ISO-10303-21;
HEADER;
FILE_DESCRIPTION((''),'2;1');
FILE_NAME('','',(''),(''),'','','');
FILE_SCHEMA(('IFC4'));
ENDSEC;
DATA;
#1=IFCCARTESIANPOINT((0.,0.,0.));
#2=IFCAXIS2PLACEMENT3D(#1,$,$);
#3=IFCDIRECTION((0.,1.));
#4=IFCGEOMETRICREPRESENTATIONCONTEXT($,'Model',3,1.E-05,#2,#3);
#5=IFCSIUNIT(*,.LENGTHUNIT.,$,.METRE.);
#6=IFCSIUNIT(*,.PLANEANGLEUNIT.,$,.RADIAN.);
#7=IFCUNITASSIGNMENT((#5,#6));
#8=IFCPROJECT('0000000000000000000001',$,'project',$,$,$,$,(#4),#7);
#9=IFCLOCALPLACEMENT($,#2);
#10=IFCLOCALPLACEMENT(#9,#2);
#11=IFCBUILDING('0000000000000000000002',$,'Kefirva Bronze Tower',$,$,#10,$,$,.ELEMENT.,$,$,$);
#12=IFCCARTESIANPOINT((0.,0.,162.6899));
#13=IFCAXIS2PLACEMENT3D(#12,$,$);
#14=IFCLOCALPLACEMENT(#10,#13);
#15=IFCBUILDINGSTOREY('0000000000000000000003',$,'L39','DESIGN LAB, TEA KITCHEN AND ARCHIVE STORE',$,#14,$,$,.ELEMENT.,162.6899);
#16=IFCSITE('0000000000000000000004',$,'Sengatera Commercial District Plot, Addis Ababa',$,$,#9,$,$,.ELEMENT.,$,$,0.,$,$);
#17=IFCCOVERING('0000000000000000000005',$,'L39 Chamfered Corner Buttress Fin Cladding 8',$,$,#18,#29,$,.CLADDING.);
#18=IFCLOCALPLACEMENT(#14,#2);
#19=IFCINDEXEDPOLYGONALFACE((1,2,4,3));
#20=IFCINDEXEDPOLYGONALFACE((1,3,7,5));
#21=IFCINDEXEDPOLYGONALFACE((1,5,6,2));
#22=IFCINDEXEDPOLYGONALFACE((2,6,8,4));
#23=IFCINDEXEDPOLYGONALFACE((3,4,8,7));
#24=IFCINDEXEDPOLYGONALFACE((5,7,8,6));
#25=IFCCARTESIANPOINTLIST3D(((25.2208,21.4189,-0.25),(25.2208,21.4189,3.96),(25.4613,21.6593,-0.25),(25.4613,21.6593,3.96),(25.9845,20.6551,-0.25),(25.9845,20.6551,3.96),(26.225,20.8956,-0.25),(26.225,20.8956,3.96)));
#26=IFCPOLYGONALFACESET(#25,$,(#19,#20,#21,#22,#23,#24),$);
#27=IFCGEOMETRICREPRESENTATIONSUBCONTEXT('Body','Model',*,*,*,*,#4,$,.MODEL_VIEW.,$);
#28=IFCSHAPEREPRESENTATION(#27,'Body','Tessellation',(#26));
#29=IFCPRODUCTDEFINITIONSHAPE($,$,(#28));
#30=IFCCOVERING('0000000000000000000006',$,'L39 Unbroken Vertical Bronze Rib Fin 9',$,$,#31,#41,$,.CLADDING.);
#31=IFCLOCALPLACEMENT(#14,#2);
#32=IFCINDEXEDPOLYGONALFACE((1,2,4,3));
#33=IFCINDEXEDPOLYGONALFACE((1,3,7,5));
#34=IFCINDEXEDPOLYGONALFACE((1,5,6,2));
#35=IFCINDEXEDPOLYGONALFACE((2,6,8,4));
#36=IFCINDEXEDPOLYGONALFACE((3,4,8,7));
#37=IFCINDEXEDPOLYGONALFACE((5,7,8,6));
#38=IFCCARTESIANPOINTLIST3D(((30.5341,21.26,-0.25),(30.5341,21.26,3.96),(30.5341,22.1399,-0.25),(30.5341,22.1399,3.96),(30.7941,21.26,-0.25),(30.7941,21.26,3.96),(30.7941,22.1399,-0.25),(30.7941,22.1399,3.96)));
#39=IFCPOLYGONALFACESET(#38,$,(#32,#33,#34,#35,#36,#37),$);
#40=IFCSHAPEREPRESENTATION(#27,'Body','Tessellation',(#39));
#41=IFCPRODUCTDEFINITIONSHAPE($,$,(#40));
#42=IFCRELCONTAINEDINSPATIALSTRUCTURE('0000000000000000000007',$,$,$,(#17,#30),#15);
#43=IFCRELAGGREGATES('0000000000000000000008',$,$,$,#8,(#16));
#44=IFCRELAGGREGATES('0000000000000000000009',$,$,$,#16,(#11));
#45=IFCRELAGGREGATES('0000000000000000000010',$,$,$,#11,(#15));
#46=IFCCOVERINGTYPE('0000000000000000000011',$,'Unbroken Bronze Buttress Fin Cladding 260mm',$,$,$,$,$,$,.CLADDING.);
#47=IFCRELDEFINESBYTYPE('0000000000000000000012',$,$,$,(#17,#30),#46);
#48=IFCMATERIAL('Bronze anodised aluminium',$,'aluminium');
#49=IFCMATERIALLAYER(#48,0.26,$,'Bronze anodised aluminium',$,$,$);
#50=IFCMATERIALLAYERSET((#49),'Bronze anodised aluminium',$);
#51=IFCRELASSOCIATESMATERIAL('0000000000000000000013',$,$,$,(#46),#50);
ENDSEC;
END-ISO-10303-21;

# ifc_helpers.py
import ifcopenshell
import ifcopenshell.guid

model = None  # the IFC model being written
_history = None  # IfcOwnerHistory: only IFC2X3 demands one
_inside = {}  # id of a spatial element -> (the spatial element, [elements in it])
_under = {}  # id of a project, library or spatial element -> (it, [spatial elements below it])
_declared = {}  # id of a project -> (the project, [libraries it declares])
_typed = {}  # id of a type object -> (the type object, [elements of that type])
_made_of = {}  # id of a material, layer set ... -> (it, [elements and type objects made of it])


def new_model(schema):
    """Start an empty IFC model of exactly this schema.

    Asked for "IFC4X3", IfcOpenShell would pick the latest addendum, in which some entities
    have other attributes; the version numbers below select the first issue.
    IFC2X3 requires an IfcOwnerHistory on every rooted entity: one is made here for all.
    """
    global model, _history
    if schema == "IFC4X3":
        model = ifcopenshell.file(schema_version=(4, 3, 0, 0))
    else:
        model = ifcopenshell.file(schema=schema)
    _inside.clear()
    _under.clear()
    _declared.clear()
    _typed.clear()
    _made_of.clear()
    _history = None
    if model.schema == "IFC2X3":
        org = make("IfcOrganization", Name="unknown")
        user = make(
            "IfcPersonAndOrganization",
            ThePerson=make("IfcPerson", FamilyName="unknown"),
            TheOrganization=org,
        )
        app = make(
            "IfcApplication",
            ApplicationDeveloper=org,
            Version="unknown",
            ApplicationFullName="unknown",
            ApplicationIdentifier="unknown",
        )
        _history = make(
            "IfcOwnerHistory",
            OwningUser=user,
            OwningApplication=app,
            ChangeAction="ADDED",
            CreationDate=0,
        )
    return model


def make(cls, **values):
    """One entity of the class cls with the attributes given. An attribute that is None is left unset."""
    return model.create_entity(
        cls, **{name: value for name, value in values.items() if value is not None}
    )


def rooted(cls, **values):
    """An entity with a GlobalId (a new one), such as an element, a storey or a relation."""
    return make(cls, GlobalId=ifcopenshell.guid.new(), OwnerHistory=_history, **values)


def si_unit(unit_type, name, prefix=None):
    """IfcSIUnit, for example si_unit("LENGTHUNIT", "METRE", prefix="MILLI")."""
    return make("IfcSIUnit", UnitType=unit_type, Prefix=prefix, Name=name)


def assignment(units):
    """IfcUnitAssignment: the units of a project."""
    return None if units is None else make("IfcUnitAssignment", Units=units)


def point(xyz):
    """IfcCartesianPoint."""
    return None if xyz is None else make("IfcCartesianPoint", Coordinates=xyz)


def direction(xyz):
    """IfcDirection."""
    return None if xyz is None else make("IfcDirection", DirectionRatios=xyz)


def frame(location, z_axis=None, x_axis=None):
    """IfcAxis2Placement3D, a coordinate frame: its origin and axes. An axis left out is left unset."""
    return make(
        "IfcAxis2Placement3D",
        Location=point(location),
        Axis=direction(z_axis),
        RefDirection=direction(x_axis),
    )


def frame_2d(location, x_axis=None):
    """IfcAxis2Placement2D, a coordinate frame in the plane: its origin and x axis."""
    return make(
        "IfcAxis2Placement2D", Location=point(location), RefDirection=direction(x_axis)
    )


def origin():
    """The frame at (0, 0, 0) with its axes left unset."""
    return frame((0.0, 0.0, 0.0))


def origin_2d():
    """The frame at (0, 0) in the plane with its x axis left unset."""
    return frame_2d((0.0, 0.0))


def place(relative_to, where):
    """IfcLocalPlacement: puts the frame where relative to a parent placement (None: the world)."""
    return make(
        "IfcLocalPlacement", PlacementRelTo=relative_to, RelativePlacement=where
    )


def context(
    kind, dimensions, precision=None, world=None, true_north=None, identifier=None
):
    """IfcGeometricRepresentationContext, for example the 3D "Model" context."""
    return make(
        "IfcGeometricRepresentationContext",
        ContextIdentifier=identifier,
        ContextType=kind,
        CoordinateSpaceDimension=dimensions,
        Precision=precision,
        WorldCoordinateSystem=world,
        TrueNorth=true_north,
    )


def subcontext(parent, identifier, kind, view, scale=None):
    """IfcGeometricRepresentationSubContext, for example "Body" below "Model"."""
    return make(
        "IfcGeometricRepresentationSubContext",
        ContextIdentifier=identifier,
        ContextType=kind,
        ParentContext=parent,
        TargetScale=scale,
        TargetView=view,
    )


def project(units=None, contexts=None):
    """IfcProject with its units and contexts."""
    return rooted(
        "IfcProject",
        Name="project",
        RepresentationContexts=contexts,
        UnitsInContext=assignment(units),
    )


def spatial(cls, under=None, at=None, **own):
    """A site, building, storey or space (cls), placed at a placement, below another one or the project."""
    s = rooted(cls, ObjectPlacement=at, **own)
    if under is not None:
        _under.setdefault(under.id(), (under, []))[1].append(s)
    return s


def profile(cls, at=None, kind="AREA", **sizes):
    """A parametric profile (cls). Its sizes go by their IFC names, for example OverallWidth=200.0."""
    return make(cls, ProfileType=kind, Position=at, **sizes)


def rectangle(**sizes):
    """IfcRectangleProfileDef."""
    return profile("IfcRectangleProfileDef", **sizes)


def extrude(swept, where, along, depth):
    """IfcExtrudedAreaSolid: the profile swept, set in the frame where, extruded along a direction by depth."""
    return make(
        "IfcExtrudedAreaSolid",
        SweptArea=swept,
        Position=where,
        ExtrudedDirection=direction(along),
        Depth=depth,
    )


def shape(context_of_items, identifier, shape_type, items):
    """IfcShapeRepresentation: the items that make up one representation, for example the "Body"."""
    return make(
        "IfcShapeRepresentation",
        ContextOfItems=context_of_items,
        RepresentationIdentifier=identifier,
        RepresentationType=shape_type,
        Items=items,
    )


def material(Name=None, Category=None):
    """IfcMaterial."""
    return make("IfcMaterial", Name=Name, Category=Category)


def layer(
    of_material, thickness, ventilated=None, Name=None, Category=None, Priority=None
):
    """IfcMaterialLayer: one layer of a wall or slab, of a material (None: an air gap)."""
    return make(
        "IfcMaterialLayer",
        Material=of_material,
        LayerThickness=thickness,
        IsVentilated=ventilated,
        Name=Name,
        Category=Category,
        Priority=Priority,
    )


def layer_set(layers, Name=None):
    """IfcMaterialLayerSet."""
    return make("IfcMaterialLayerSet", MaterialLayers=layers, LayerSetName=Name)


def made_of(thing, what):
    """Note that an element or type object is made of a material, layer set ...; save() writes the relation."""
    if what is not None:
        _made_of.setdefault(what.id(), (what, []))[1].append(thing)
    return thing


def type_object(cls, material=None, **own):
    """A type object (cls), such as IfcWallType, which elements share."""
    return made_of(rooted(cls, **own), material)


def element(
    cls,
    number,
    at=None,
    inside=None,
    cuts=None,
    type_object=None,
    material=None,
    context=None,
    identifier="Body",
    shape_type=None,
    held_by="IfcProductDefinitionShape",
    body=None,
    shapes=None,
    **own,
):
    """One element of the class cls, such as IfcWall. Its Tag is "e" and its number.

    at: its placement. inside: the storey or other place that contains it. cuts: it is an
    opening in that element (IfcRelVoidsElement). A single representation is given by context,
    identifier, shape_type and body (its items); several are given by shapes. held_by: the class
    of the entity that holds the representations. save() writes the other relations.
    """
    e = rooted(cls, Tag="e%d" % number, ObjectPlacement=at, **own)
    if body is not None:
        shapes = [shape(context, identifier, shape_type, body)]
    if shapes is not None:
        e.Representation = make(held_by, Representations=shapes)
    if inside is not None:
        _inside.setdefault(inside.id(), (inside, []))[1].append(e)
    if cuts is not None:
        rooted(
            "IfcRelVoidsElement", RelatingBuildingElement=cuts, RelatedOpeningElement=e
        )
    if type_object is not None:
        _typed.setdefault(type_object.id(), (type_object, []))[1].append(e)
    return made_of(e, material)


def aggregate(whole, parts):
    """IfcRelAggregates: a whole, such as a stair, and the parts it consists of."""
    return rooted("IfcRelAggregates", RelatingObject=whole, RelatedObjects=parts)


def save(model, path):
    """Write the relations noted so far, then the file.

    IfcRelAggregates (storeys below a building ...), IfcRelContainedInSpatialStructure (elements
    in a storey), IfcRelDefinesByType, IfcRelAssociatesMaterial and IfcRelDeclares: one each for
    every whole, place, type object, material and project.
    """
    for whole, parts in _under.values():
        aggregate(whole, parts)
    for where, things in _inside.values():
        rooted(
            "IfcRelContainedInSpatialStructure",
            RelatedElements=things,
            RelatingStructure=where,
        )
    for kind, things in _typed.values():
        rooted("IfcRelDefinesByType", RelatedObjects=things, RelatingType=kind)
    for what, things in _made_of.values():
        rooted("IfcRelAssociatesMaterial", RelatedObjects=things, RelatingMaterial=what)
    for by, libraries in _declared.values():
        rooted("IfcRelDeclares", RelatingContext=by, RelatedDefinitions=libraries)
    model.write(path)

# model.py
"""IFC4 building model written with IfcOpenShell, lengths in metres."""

from ifc_helpers import new_model, si_unit, direction, frame, origin, origin_2d, place, context, subcontext, project, spatial, rectangle, extrude, material, layer, layer_set, type_object, element, save


model = new_model("IFC4")

# Units and contexts
model_context = context("Model", 3, precision=1e-05, world=origin(), true_north=direction((0.0, 1.0)))
body_context = subcontext(model_context, "Body", "Model", "MODEL_VIEW")
ifc_project = project(units=[si_unit("LENGTHUNIT", "METRE"), si_unit("PLANEANGLEUNIT", "RADIAN")], contexts=[model_context])

# Site, building, storey
site_placement = place(None, origin())
site = spatial("IfcSite", under=ifc_project, at=site_placement, Name="Sengatera Commercial District Plot, Addis Ababa", CompositionType="ELEMENT", RefElevation=0.0)
building_placement = place(site_placement, origin())
building = spatial("IfcBuilding", under=site, at=building_placement, Name="Kefirva Bronze Tower", CompositionType="ELEMENT")
storey_placement = place(building_placement, frame((0.0, 0.0, 162.6899)))
storey = spatial("IfcBuildingStorey", under=building, at=storey_placement, Name="L39", Description="DESIGN LAB, TEA KITCHEN AND ARCHIVE STORE", CompositionType="ELEMENT", Elevation=162.6899)

# Shared definitions
ifc_material_1 = material(Name="Bronze anodised aluminium", Category="aluminium")

# Coverings
ifc_layer_1 = layer(ifc_material_1, 0.26, Name="Bronze anodised aluminium")
ifc_layer_set_1 = layer_set([ifc_layer_1], Name="Bronze anodised aluminium")
covering_type_1 = type_object("IfcCoveringType", Name="Unbroken Bronze Buttress Fin Cladding 260mm", PredefinedType="CLADDING", material=ifc_layer_set_1)
for number, where, z_axis, x_axis, name in (
    (1, (25.7229, 21.1572, -0.25), (0.0, 0.0, 1.0), (0.707107, 0.707107, 0.0), "L39 Chamfered Corner Buttress Fin Cladding 8"),
):
    element("IfcCovering", number, at=place(storey_placement, frame(where, z_axis=z_axis, x_axis=x_axis)), inside=storey, type_object=covering_type_1, Name=name, PredefinedType="CLADDING", context=body_context, shape_type="SweptSolid", body=[
        extrude(rectangle(XDim=0.3401, YDim=1.0801, at=origin_2d()), origin(), (0.0, 0.0, 1.0), 4.21),
    ])
covering_1_placement = place(storey_placement, frame((30.6641, 21.7, -0.25), z_axis=(0.0, 0.0, 1.0), x_axis=(1.0, 0.0, 0.0)))
element("IfcCovering", 2, at=covering_1_placement, inside=storey, type_object=covering_type_1, Name="L39 Unbroken Vertical Bronze Rib Fin 9", PredefinedType="CLADDING", context=body_context, shape_type="SweptSolid", body=[
    extrude(rectangle(XDim=0.26, YDim=0.8799, at=origin_2d()), origin(), (0.0, 0.0, 1.0), 4.21),
])

save(model, "model.ifc")
